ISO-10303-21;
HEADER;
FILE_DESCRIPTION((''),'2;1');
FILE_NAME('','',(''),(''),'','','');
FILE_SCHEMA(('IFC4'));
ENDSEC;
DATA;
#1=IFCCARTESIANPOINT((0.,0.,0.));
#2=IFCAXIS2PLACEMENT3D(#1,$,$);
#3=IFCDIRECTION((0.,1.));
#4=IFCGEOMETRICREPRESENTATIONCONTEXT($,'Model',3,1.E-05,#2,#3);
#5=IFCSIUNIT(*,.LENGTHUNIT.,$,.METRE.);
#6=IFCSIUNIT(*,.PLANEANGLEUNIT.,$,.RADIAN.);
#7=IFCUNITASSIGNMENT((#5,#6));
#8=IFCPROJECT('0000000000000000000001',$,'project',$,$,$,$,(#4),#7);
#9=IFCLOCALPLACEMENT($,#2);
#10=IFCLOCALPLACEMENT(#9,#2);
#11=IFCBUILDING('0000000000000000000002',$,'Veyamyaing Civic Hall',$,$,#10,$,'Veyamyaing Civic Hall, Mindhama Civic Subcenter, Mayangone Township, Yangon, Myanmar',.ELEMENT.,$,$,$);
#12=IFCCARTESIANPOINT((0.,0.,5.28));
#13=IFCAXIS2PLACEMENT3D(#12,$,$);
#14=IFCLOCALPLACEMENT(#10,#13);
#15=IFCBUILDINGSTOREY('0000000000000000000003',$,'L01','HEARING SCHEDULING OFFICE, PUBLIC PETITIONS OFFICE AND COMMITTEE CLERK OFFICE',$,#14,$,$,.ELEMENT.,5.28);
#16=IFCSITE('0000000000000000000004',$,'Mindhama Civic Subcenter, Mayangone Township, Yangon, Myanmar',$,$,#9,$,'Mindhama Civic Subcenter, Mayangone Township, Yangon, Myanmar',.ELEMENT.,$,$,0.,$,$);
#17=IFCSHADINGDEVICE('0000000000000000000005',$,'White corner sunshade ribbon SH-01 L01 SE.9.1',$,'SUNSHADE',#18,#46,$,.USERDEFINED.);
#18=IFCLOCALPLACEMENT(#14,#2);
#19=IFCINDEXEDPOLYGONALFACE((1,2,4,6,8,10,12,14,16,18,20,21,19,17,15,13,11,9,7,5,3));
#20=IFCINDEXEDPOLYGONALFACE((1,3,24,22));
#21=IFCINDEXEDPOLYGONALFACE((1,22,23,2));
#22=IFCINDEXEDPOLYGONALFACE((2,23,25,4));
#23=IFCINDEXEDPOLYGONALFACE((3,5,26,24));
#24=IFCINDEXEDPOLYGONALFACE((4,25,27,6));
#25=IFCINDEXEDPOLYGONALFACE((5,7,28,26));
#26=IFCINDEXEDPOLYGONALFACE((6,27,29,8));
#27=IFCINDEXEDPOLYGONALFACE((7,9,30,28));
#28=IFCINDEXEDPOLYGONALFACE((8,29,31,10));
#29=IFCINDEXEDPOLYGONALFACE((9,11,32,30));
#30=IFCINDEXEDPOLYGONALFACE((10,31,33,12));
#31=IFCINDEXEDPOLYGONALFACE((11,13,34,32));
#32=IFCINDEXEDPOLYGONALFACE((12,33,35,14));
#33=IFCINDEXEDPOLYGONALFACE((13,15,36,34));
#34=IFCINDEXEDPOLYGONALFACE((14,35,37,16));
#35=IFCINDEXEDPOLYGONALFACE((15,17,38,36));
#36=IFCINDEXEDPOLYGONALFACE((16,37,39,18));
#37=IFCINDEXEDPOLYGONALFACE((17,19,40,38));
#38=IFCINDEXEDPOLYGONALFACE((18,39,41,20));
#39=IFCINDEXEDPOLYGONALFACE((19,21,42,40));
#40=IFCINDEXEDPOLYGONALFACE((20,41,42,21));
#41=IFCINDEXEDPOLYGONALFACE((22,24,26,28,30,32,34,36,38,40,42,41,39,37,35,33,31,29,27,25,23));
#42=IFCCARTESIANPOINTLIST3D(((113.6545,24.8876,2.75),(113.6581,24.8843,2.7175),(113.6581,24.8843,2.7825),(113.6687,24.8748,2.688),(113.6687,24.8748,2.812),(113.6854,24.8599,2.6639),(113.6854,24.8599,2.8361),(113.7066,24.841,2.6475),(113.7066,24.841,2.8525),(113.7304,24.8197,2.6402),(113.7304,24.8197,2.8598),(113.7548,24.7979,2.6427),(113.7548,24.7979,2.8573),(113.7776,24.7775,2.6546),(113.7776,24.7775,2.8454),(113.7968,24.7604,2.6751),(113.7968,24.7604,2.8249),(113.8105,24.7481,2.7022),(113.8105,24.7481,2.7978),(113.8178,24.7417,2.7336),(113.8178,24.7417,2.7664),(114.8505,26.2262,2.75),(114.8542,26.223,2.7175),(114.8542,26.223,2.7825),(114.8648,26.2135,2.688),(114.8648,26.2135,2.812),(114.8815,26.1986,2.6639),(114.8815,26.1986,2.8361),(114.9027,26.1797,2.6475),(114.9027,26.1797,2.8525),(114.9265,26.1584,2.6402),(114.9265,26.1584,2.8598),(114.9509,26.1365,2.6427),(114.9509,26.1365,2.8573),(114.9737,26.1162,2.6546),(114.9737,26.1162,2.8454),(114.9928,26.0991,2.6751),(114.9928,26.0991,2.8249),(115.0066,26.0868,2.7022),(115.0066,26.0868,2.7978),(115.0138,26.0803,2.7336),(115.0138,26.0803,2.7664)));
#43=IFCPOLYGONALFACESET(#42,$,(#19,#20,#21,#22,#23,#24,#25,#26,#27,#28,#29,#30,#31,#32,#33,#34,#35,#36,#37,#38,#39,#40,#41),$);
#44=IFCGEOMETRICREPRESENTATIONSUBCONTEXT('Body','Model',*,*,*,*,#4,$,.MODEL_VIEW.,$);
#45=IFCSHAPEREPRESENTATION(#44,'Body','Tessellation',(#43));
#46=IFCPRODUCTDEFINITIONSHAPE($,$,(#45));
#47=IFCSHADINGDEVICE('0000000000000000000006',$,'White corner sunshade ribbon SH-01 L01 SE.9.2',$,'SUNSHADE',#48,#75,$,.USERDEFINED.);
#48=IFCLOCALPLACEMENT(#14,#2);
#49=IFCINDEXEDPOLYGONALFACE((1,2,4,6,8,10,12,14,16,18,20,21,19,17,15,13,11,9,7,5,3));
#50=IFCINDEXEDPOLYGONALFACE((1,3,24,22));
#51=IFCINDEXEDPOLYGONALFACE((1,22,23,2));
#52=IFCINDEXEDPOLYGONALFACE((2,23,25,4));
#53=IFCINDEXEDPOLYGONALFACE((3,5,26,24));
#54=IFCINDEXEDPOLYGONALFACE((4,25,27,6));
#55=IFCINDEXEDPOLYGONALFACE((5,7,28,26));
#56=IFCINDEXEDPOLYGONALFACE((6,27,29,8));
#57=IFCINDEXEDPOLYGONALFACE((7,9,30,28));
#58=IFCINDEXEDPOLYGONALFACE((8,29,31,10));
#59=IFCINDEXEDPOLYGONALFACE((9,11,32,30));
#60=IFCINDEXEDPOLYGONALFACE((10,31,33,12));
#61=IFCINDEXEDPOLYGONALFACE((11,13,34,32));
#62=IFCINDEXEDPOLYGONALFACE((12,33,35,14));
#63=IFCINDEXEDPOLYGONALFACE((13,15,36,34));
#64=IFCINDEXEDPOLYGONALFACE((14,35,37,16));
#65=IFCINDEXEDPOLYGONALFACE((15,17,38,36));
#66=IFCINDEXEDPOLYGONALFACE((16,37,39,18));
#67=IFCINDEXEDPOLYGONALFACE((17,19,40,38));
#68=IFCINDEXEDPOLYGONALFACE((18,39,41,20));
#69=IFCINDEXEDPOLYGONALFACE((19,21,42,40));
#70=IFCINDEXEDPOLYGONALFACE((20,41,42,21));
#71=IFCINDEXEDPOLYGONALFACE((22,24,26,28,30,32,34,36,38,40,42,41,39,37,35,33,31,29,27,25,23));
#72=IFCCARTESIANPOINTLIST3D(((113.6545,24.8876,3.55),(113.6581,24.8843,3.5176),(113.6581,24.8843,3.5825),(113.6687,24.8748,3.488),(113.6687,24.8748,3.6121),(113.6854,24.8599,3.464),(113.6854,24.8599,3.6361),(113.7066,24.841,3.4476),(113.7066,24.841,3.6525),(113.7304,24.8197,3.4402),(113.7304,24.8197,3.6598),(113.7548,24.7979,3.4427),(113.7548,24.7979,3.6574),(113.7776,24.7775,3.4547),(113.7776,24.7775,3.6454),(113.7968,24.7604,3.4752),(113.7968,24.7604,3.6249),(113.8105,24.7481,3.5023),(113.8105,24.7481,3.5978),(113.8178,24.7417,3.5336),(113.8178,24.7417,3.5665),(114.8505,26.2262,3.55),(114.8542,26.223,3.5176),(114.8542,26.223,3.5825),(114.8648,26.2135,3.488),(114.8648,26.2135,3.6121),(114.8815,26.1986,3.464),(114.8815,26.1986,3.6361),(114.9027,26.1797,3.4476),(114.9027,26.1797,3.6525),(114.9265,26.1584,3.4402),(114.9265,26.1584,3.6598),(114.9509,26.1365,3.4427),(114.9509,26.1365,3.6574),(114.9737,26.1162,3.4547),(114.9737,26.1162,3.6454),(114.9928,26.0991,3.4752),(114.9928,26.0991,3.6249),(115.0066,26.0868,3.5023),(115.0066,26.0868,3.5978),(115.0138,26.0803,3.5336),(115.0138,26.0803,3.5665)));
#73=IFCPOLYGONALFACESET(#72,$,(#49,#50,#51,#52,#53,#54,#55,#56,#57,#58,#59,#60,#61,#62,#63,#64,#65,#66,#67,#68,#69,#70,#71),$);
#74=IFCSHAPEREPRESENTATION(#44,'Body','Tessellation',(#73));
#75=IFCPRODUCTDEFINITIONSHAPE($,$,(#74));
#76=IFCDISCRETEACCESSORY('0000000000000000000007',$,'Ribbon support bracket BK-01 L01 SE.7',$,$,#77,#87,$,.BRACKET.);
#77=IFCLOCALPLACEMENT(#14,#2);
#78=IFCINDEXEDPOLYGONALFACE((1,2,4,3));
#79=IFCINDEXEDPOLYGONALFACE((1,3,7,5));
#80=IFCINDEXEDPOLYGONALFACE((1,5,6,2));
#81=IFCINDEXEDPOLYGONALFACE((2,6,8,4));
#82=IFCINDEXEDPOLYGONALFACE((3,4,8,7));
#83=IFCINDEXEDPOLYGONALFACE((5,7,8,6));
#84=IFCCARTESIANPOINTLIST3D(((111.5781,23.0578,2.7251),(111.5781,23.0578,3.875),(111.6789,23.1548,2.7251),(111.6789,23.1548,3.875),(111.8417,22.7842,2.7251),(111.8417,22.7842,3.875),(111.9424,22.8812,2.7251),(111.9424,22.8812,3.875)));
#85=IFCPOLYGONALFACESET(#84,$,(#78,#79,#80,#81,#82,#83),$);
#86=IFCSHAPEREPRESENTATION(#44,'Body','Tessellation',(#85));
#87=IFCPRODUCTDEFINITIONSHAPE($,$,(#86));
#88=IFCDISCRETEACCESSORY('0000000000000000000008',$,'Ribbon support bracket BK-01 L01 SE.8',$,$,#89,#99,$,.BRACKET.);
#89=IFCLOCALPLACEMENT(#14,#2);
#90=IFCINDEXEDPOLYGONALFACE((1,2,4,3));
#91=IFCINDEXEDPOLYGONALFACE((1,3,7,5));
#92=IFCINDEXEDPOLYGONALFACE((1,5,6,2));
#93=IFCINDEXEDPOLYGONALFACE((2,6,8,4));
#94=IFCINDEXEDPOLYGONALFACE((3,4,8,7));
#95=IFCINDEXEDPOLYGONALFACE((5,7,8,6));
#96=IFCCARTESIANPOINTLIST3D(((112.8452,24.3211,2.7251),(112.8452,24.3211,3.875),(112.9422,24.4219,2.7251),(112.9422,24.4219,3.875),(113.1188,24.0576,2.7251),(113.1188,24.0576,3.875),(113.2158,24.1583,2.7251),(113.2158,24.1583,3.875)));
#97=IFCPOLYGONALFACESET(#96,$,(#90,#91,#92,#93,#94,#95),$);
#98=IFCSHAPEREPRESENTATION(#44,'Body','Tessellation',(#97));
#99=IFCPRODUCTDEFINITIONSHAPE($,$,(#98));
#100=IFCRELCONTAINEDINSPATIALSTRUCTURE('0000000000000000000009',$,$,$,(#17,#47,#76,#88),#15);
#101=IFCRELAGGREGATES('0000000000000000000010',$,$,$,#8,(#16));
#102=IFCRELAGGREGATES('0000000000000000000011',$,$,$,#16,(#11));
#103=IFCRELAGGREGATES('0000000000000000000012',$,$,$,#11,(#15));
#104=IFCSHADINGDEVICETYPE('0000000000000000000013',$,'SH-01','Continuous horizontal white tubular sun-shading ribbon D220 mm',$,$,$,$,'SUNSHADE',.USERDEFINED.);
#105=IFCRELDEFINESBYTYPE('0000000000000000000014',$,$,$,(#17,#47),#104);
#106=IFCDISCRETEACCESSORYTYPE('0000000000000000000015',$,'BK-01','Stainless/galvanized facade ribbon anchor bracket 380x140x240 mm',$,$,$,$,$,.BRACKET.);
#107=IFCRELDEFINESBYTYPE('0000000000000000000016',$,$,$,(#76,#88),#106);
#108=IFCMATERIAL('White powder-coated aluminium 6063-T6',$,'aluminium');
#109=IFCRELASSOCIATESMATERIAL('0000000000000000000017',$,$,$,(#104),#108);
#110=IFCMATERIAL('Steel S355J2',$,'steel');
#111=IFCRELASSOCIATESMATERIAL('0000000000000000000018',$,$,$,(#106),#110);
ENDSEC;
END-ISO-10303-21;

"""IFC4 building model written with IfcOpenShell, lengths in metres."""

from ifc_helpers import new_model, si_unit, direction, frame, origin, origin_2d, place, context, subcontext, project, spatial, rectangle, circle, extrude, material, material_profile, profile_set, type_object, element, save


model = new_model("IFC4")

# Units and contexts
model_context = context("Model", 3, precision=1e-05, world=origin(), true_north=direction((0.0, 1.0)))
body_context = subcontext(model_context, "Body", "Model", "MODEL_VIEW")
ifc_project = project(units=[si_unit("LENGTHUNIT", "METRE"), si_unit("PLANEANGLEUNIT", "RADIAN")], contexts=[model_context])

# Site, building, storey
site_placement = place(None, origin())
site = spatial("IfcSite", under=ifc_project, at=site_placement, Name="Mindhama Civic Subcenter, Mayangone Township, Yangon, Myanmar", LongName="Mindhama Civic Subcenter, Mayangone Township, Yangon, Myanmar", CompositionType="ELEMENT", RefElevation=0.0)
building_placement = place(site_placement, origin())
building = spatial("IfcBuilding", under=site, at=building_placement, Name="Veyamyaing Civic Hall", LongName="Veyamyaing Civic Hall, Mindhama Civic Subcenter, Mayangone Township, Yangon, Myanmar", CompositionType="ELEMENT")
storey_placement = place(building_placement, frame((0.0, 0.0, 5.28)))
storey = spatial("IfcBuildingStorey", under=building, at=storey_placement, Name="L01", Description="HEARING SCHEDULING OFFICE, PUBLIC PETITIONS OFFICE AND COMMITTEE CLERK OFFICE", CompositionType="ELEMENT", Elevation=5.28)

# Shared definitions
ifc_material_1 = material(Name="White powder-coated aluminium 6063-T6", Category="aluminium")

# Shading devices
ifc_material_profile_1 = material_profile(ifc_material_1, circle(Radius=0.1101, at=origin_2d()), Name="SHADE-TUBE-220")
ifc_profile_set_1 = profile_set([ifc_material_profile_1], Name="White powder-coated aluminium 6063-T6")
shading_device_type = type_object("IfcShadingDeviceType", Name="SH-01", Description="Continuous horizontal white tubular sun-shading ribbon D220 mm", ElementType="SUNSHADE", PredefinedType="USERDEFINED", material=ifc_profile_set_1)
for number, where, z_axis, x_axis, name in (
    (1, (113.7366, 24.8142, 2.75), (0.666278, 0.745704, 0.0), (-0.745704, 0.666278, 0.0), "White corner sunshade ribbon SH-01 L01 SE.9.1"),
    (2, (113.7366, 24.8142, 3.55), (0.666278, 0.745704, 0.0), (-0.745704, 0.666278, 0.0), "White corner sunshade ribbon SH-01 L01 SE.9.2"),
):
    element("IfcShadingDevice", number, at=place(storey_placement, frame(where, z_axis=z_axis, x_axis=x_axis)), inside=storey, type_object=shading_device_type, Name=name, ObjectType="SUNSHADE", PredefinedType="USERDEFINED", context=body_context, shape_type="SweptSolid", body=[
        extrude(circle(Radius=0.1101, at=origin_2d()), origin(), (0.0, 0.0, 1.0), 1.7952),
    ])

# Discrete accessories
ifc_material_2 = material(Name="Steel S355J2", Category="steel")
discrete_accessory_type = type_object("IfcDiscreteAccessoryType", Name="BK-01", Description="Stainless/galvanized facade ribbon anchor bracket 380x140x240 mm", PredefinedType="BRACKET", material=ifc_material_2)
for number, where, z_axis, x_axis, name in (
    (3, (111.7603, 22.9695, 2.7251), (0.0, 0.0, 1.0), (0.693761, -0.720205, 0.0), "Ribbon support bracket BK-01 L01 SE.7"),
    (4, (113.0305, 24.2397, 2.7251), (0.0, 0.0, 1.0), (0.720205, -0.693761, 0.0), "Ribbon support bracket BK-01 L01 SE.8"),
):
    element("IfcDiscreteAccessory", number, at=place(storey_placement, frame(where, z_axis=z_axis, x_axis=x_axis)), inside=storey, type_object=discrete_accessory_type, Name=name, PredefinedType="BRACKET", context=body_context, shape_type="SweptSolid", body=[
        extrude(rectangle(XDim=0.3799, YDim=0.1399, at=origin_2d()), origin(), (0.0, 0.0, 1.0), 1.1499),
    ])

save(model, "model.ifc")
